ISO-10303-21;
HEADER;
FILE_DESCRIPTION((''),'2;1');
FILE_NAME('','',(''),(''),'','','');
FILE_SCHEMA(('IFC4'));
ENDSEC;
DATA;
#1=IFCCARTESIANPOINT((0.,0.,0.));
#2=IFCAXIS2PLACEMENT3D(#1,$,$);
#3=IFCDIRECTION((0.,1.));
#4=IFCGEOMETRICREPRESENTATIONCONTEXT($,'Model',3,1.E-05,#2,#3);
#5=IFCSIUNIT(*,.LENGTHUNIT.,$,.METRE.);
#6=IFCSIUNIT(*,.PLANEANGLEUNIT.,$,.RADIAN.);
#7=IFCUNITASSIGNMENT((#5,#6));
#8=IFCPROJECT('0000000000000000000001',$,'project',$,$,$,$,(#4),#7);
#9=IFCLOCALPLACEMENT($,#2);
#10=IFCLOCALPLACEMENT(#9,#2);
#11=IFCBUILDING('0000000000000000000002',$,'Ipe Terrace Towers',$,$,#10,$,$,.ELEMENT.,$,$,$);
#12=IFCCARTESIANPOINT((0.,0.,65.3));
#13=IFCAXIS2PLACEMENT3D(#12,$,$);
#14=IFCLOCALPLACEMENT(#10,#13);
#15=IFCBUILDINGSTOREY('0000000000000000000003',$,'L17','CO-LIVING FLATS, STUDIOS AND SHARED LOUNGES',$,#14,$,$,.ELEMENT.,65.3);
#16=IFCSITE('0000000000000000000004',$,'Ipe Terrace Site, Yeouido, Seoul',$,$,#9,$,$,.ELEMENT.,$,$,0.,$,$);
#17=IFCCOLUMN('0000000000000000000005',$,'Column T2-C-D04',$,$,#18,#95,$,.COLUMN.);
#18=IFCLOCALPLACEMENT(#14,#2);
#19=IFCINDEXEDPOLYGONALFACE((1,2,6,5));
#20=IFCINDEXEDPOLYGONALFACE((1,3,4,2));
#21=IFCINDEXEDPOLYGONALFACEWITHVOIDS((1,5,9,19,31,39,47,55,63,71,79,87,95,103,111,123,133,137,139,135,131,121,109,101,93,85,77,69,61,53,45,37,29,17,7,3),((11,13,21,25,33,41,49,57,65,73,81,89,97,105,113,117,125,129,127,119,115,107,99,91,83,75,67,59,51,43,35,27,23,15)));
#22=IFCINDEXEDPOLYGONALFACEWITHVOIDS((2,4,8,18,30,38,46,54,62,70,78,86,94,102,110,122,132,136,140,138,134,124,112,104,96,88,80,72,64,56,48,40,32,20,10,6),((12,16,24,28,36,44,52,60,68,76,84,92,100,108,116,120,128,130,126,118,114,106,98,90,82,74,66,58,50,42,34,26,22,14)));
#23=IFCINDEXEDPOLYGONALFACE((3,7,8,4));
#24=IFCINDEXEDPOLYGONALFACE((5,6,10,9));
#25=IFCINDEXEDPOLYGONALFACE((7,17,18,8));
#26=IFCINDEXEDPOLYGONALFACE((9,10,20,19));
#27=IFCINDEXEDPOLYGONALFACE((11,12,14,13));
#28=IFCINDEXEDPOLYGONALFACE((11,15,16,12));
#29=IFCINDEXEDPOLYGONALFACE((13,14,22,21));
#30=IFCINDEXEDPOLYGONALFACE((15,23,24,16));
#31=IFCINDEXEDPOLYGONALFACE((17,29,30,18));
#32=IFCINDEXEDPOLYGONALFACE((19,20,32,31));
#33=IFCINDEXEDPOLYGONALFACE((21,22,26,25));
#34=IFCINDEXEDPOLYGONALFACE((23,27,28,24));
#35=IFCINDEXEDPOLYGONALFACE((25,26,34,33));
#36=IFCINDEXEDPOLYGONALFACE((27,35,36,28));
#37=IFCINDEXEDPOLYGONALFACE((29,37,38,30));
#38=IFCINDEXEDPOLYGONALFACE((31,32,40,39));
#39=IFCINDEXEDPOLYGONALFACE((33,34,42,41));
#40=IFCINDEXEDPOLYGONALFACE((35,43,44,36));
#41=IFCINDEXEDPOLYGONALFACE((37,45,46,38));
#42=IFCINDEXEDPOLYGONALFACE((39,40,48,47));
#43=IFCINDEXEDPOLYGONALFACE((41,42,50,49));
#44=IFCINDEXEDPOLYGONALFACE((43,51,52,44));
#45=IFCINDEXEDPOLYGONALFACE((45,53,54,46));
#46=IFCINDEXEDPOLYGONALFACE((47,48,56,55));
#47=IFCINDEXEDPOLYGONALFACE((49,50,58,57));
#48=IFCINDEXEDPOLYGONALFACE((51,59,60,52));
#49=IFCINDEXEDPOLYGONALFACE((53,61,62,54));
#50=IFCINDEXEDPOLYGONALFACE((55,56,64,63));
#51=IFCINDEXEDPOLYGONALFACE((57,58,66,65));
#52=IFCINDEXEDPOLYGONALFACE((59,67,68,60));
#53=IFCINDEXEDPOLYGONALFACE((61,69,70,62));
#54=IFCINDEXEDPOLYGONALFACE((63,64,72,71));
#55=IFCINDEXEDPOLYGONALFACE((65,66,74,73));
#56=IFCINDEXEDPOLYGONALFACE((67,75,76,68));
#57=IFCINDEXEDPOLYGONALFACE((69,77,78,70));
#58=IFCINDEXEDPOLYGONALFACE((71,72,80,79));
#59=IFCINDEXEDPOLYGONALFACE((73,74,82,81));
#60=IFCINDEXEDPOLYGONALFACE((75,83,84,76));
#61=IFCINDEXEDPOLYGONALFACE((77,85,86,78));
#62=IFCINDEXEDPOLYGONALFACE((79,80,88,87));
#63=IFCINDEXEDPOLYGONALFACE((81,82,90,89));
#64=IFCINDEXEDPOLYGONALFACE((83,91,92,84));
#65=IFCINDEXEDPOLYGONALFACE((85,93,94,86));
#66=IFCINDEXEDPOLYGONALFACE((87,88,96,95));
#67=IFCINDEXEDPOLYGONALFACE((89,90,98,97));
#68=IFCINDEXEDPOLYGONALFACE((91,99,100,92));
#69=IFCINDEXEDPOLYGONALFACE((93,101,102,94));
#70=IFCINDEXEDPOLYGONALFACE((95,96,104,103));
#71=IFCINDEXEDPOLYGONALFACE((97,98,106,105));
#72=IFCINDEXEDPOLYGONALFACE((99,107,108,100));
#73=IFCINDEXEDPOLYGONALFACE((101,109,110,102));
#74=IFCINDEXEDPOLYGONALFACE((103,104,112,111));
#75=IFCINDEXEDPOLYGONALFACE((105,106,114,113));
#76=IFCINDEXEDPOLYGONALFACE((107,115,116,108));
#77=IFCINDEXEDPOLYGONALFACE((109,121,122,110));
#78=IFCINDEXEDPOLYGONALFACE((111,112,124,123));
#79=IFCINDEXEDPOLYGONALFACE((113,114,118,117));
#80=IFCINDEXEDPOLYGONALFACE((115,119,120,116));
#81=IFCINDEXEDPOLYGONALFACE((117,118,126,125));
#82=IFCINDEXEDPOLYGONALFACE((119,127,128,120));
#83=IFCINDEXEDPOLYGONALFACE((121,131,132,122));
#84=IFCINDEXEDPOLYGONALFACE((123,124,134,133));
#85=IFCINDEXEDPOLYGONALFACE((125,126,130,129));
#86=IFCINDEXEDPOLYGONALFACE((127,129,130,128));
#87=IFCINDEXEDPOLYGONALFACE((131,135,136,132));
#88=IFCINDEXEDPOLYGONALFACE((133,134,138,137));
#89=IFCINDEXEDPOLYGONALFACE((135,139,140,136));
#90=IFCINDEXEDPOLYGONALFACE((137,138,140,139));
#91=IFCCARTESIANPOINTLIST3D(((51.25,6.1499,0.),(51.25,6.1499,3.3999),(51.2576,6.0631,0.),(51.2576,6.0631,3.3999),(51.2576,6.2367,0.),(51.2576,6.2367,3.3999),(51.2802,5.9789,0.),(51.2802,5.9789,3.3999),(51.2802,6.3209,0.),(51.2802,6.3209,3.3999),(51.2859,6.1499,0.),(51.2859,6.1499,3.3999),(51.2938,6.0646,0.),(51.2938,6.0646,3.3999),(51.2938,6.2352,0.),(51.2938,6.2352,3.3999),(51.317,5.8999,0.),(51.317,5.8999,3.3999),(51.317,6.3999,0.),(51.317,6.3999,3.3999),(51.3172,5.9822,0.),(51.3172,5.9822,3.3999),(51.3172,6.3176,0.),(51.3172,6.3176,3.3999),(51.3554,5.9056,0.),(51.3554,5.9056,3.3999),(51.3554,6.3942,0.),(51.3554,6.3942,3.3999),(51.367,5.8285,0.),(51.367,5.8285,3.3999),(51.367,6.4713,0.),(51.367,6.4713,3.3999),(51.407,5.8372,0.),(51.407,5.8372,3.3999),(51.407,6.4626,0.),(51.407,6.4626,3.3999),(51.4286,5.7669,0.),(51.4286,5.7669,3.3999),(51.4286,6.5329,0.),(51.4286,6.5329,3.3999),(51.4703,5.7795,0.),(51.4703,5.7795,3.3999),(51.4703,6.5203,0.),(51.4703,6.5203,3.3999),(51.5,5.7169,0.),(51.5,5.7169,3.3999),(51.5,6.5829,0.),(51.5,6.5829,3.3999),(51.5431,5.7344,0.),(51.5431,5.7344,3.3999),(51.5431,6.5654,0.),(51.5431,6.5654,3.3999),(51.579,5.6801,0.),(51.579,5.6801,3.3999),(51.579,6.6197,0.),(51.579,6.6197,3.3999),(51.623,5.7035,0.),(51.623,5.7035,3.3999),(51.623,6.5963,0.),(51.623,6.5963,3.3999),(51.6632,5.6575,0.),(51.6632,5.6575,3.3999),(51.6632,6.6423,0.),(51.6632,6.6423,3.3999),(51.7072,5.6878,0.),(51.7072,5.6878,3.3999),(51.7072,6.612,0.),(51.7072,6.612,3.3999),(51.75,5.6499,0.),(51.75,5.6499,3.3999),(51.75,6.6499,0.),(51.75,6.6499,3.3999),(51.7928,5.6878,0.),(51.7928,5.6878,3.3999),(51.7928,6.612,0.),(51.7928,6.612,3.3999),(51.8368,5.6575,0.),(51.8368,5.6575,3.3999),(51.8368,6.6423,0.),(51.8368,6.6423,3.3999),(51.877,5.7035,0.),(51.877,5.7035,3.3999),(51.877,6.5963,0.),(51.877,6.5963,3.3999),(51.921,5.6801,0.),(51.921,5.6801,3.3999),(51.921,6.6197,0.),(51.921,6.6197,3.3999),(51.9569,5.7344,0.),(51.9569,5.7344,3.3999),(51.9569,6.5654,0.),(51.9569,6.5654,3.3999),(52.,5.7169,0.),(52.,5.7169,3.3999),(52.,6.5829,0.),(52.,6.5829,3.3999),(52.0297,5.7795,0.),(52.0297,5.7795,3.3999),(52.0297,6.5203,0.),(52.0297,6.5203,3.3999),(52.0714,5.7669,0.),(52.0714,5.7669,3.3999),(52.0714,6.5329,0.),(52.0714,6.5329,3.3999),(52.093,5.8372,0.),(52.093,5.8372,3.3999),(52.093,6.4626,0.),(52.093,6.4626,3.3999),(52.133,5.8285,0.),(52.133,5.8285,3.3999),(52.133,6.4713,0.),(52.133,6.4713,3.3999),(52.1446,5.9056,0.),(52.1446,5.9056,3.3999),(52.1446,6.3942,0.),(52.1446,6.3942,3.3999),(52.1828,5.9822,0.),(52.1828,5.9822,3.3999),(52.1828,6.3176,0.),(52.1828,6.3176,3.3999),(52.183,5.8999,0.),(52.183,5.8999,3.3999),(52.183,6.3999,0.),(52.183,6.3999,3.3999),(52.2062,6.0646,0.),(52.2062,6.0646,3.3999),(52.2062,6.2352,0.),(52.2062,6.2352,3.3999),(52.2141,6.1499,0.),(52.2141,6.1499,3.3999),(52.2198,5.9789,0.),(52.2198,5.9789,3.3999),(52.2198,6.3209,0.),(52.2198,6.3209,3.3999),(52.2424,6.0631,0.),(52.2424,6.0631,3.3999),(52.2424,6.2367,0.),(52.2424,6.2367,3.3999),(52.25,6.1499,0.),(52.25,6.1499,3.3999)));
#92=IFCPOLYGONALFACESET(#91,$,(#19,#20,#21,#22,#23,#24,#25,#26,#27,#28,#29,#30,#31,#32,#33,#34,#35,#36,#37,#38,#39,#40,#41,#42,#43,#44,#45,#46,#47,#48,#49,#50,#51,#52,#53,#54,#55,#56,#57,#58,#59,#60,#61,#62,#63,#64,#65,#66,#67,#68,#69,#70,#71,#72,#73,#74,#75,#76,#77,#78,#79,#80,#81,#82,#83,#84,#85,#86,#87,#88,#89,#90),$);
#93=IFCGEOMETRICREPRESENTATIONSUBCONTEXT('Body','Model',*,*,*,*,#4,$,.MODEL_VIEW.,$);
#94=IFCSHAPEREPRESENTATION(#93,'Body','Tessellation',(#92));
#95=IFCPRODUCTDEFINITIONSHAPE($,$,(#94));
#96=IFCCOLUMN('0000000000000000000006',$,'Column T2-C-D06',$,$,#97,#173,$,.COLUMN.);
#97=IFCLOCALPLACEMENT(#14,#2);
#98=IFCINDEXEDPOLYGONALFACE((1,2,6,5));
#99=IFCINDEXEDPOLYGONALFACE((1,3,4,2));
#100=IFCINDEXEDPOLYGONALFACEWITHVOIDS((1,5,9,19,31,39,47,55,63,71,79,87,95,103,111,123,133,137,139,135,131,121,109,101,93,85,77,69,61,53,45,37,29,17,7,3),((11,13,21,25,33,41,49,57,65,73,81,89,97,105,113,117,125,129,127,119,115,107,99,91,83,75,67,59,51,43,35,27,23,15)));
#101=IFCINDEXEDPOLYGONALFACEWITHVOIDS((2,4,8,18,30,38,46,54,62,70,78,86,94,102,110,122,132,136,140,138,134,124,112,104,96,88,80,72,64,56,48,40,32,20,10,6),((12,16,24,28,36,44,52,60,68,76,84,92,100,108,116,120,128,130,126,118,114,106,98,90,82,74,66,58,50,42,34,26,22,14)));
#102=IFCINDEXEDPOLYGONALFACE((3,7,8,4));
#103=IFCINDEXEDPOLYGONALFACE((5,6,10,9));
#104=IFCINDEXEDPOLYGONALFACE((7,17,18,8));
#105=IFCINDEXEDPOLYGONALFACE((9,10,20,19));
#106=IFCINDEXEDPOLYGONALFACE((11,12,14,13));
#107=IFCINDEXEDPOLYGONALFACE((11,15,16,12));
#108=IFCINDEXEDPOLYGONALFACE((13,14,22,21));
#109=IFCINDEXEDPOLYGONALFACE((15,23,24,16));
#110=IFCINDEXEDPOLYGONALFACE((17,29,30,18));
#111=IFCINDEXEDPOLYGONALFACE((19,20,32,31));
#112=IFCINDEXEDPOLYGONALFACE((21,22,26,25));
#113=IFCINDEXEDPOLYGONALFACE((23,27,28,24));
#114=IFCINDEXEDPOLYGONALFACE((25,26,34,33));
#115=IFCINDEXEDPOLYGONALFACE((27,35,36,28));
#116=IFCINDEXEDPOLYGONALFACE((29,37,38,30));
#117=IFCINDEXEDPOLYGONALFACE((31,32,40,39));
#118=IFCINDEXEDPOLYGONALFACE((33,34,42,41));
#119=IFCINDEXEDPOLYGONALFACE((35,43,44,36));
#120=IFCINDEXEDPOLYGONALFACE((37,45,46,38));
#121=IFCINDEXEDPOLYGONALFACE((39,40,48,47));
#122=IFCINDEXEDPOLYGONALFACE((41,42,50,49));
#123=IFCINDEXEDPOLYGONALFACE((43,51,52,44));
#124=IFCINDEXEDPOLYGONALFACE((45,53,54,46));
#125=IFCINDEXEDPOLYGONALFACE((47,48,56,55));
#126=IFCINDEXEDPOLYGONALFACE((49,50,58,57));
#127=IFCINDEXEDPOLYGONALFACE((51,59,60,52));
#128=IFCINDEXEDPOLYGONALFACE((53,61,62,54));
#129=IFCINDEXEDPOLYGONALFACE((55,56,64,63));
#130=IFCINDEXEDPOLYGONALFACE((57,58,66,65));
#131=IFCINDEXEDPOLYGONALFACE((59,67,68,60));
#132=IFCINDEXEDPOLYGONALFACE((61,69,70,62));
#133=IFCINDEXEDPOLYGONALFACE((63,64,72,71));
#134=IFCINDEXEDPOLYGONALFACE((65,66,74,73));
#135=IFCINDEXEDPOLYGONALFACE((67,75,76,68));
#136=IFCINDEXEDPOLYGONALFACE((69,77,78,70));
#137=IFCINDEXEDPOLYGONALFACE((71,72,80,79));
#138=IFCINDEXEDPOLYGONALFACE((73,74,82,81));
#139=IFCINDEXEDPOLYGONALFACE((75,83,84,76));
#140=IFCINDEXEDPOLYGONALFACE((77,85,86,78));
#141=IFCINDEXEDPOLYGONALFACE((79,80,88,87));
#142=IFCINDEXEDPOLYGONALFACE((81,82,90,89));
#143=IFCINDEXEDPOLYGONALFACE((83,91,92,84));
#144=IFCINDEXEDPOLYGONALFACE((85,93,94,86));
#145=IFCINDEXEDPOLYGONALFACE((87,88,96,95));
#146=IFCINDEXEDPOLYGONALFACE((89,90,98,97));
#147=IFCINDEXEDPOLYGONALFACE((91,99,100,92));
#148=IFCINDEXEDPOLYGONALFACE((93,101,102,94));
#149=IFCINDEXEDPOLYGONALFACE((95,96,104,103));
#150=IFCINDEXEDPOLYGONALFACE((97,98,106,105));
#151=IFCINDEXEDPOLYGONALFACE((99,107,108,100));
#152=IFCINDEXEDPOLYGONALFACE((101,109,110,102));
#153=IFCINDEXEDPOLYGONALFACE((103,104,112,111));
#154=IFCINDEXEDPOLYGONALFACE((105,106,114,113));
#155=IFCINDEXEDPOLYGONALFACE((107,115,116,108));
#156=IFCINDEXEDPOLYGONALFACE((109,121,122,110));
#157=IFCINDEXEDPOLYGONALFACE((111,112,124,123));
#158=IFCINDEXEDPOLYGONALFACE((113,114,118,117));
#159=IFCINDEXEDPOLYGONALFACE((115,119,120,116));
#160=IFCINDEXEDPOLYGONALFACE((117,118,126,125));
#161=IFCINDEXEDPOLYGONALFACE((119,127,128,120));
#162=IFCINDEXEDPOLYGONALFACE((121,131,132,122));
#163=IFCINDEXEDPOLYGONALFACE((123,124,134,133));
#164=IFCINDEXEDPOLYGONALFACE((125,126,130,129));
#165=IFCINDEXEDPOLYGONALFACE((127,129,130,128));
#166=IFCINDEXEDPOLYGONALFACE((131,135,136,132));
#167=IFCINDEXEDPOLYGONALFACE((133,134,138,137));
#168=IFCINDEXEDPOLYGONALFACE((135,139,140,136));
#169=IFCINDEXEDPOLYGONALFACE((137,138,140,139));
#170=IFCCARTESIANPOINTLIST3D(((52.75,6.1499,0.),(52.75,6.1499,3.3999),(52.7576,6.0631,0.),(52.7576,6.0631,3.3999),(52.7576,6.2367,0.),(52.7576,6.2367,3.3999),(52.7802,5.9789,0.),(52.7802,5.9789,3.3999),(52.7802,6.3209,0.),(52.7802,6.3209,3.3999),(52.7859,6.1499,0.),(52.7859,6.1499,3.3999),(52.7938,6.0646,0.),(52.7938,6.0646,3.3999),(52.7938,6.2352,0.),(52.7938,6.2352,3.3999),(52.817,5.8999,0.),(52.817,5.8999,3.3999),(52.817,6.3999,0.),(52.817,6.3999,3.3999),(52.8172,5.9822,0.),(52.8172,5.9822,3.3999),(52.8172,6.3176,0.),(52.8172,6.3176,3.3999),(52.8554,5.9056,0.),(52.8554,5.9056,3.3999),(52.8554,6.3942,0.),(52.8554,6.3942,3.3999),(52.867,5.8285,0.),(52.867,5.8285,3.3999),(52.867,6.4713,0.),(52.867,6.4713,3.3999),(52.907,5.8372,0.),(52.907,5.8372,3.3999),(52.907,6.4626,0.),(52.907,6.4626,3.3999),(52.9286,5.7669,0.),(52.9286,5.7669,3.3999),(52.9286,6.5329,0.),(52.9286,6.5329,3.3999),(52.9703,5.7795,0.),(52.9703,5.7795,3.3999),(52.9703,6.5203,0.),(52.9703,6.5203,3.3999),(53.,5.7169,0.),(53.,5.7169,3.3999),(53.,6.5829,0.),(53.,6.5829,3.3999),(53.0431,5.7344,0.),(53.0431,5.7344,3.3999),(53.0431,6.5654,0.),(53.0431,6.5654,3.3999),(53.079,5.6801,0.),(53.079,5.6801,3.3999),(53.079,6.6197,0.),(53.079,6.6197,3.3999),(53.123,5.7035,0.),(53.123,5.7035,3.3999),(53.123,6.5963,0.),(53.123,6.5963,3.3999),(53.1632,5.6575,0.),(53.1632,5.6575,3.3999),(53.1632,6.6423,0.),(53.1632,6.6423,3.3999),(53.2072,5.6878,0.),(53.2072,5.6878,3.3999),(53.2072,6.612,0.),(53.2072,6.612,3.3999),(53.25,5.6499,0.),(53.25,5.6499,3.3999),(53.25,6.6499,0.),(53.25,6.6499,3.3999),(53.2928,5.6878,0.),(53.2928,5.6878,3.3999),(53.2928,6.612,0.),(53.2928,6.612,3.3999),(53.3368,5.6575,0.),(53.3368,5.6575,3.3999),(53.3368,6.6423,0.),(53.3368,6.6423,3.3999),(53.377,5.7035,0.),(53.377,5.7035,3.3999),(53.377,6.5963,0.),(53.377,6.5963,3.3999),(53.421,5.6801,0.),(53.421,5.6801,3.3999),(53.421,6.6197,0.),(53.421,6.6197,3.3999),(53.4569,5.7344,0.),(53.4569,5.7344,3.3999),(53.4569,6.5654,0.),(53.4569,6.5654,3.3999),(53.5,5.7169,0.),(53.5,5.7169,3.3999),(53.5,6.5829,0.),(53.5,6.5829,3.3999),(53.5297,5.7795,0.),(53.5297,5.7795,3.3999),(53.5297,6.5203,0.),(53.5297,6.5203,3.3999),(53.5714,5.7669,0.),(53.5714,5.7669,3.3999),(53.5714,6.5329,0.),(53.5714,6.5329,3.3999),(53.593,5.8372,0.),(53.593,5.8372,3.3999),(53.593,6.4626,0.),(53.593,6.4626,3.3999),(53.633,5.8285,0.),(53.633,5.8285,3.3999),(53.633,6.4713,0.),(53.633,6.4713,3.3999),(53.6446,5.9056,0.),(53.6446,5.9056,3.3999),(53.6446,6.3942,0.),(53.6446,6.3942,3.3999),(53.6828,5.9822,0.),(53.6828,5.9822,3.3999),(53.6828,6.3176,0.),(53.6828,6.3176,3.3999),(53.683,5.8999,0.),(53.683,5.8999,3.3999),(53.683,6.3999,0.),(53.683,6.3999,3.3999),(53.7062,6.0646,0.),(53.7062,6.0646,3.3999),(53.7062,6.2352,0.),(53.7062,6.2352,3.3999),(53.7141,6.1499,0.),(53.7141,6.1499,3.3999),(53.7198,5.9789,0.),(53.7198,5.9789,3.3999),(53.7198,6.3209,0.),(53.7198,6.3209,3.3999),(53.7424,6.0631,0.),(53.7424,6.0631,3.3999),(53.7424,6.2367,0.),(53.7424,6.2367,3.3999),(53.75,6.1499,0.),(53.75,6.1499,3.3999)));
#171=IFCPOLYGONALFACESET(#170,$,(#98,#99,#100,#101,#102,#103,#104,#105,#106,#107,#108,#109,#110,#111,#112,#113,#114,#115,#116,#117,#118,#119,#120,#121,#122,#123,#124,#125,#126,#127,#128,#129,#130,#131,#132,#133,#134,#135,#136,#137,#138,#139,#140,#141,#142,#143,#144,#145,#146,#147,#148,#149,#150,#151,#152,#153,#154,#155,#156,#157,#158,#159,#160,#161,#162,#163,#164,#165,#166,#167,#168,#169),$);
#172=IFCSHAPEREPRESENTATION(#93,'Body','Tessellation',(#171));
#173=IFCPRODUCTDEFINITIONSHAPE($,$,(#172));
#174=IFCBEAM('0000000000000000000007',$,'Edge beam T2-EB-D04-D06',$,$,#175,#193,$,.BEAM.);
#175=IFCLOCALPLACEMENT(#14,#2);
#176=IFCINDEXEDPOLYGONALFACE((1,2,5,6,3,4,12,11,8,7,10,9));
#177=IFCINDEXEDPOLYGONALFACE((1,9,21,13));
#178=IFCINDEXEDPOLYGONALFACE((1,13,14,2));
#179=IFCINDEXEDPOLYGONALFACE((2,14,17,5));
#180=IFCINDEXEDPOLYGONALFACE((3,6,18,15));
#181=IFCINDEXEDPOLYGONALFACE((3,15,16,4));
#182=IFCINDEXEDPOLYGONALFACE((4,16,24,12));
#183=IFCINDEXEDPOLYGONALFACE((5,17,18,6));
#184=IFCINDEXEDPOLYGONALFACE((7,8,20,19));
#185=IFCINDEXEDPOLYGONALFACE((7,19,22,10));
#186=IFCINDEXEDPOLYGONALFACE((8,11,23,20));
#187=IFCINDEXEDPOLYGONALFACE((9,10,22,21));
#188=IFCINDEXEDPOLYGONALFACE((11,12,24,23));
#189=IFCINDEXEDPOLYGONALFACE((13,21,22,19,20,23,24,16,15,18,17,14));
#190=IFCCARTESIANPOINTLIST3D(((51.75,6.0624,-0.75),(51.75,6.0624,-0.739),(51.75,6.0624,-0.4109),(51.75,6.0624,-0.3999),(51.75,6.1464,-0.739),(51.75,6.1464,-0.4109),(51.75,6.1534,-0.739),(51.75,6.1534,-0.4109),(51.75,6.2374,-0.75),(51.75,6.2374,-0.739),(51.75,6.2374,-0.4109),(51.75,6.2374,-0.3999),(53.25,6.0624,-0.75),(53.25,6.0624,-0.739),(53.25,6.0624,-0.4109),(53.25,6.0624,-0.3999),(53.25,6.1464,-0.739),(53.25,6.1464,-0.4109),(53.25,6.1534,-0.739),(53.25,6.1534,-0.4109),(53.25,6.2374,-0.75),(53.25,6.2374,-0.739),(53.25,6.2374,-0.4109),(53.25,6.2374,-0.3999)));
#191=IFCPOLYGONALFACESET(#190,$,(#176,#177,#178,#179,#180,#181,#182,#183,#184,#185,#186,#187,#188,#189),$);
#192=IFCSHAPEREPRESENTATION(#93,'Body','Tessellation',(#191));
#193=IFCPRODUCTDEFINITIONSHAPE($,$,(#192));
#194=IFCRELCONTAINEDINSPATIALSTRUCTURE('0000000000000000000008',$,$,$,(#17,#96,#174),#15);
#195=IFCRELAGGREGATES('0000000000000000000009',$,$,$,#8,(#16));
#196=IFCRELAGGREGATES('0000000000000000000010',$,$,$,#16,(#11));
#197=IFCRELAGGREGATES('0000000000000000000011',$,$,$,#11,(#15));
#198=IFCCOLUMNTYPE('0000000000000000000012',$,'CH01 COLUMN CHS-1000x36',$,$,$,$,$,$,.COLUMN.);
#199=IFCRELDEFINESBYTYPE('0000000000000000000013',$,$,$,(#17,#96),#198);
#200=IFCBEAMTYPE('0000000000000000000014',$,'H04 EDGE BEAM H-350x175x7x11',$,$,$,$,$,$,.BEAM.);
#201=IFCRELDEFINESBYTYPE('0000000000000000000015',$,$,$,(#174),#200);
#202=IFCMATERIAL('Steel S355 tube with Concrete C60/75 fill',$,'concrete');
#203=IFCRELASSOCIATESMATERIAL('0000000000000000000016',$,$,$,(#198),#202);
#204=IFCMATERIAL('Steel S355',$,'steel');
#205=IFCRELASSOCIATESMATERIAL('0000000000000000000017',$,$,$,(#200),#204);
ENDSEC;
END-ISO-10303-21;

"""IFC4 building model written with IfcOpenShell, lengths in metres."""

from ifc_helpers import new_model, si_unit, direction, frame, origin, origin_2d, place, context, subcontext, project, spatial, hollow_circle, i_section, extrude, material, material_profile, profile_set, type_object, element, save


model = new_model("IFC4")

# Units and contexts
model_context = context("Model", 3, precision=1e-05, world=origin(), true_north=direction((0.0, 1.0)))
body_context = subcontext(model_context, "Body", "Model", "MODEL_VIEW")
ifc_project = project(units=[si_unit("LENGTHUNIT", "METRE"), si_unit("PLANEANGLEUNIT", "RADIAN")], contexts=[model_context])

# Site, building, storey
site_placement = place(None, origin())
site = spatial("IfcSite", under=ifc_project, at=site_placement, Name="Ipe Terrace Site, Yeouido, Seoul", CompositionType="ELEMENT", RefElevation=0.0)
building_placement = place(site_placement, origin())
building = spatial("IfcBuilding", under=site, at=building_placement, Name="Ipe Terrace Towers", CompositionType="ELEMENT")
storey_placement = place(building_placement, frame((0.0, 0.0, 65.3)))
storey = spatial("IfcBuildingStorey", under=building, at=storey_placement, Name="L17", Description="CO-LIVING FLATS, STUDIOS AND SHARED LOUNGES", CompositionType="ELEMENT", Elevation=65.3)

# Columns
ifc_material_1 = material(Name="Steel S355 tube with Concrete C60/75 fill", Category="concrete")
ifc_material_profile_1 = material_profile(ifc_material_1, hollow_circle(Radius=0.5, WallThickness=0.0359, at=origin_2d()), Name="CHS-1000x36")
ifc_profile_set_1 = profile_set([ifc_material_profile_1], Name="Steel S355 tube with Concrete C60/75 fill")
column_type = type_object("IfcColumnType", Name="CH01 COLUMN CHS-1000x36", PredefinedType="COLUMN", material=ifc_profile_set_1)
for number, where, z_axis, x_axis, name in (
    (1, (51.75, 6.1499, 0.0), (0.0, 0.0, 1.0), (1.0, 0.0, 0.0), "Column T2-C-D04"),
    (2, (53.25, 6.1499, 0.0), (0.0, 0.0, 1.0), (1.0, 0.0, 0.0), "Column T2-C-D06"),
):
    element("IfcColumn", number, at=place(storey_placement, frame(where, z_axis=z_axis, x_axis=x_axis)), inside=storey, type_object=column_type, Name=name, PredefinedType="COLUMN", context=body_context, shape_type="SweptSolid", body=[
        extrude(hollow_circle(Radius=0.5, WallThickness=0.0359, at=origin_2d()), origin(), (0.0, 0.0, 1.0), 3.3999),
    ])

# Beam
ifc_material_2 = material(Name="Steel S355", Category="steel")
ifc_material_profile_2 = material_profile(ifc_material_2, i_section(OverallWidth=0.175, OverallDepth=0.3501, WebThickness=0.0071, FlangeThickness=0.011, at=origin_2d()), Name="H-350x175x7x11")
ifc_profile_set_2 = profile_set([ifc_material_profile_2], Name="Steel S355")
beam_type = type_object("IfcBeamType", Name="H04 EDGE BEAM H-350x175x7x11", PredefinedType="BEAM", material=ifc_profile_set_2)
beam_placement = place(storey_placement, frame((51.75, 6.1499, -0.575), z_axis=(1.0, 0.0, 0.0), x_axis=(0.0, 1.0, 0.0)))
element("IfcBeam", 3, at=beam_placement, inside=storey, type_object=beam_type, Name="Edge beam T2-EB-D04-D06", PredefinedType="BEAM", context=body_context, shape_type="SweptSolid", body=[
    extrude(i_section(OverallWidth=0.175, OverallDepth=0.3501, WebThickness=0.0071, FlangeThickness=0.011, at=origin_2d()), origin(), (0.0, 0.0, 1.0), 1.5),
])

save(model, "model.ifc")
